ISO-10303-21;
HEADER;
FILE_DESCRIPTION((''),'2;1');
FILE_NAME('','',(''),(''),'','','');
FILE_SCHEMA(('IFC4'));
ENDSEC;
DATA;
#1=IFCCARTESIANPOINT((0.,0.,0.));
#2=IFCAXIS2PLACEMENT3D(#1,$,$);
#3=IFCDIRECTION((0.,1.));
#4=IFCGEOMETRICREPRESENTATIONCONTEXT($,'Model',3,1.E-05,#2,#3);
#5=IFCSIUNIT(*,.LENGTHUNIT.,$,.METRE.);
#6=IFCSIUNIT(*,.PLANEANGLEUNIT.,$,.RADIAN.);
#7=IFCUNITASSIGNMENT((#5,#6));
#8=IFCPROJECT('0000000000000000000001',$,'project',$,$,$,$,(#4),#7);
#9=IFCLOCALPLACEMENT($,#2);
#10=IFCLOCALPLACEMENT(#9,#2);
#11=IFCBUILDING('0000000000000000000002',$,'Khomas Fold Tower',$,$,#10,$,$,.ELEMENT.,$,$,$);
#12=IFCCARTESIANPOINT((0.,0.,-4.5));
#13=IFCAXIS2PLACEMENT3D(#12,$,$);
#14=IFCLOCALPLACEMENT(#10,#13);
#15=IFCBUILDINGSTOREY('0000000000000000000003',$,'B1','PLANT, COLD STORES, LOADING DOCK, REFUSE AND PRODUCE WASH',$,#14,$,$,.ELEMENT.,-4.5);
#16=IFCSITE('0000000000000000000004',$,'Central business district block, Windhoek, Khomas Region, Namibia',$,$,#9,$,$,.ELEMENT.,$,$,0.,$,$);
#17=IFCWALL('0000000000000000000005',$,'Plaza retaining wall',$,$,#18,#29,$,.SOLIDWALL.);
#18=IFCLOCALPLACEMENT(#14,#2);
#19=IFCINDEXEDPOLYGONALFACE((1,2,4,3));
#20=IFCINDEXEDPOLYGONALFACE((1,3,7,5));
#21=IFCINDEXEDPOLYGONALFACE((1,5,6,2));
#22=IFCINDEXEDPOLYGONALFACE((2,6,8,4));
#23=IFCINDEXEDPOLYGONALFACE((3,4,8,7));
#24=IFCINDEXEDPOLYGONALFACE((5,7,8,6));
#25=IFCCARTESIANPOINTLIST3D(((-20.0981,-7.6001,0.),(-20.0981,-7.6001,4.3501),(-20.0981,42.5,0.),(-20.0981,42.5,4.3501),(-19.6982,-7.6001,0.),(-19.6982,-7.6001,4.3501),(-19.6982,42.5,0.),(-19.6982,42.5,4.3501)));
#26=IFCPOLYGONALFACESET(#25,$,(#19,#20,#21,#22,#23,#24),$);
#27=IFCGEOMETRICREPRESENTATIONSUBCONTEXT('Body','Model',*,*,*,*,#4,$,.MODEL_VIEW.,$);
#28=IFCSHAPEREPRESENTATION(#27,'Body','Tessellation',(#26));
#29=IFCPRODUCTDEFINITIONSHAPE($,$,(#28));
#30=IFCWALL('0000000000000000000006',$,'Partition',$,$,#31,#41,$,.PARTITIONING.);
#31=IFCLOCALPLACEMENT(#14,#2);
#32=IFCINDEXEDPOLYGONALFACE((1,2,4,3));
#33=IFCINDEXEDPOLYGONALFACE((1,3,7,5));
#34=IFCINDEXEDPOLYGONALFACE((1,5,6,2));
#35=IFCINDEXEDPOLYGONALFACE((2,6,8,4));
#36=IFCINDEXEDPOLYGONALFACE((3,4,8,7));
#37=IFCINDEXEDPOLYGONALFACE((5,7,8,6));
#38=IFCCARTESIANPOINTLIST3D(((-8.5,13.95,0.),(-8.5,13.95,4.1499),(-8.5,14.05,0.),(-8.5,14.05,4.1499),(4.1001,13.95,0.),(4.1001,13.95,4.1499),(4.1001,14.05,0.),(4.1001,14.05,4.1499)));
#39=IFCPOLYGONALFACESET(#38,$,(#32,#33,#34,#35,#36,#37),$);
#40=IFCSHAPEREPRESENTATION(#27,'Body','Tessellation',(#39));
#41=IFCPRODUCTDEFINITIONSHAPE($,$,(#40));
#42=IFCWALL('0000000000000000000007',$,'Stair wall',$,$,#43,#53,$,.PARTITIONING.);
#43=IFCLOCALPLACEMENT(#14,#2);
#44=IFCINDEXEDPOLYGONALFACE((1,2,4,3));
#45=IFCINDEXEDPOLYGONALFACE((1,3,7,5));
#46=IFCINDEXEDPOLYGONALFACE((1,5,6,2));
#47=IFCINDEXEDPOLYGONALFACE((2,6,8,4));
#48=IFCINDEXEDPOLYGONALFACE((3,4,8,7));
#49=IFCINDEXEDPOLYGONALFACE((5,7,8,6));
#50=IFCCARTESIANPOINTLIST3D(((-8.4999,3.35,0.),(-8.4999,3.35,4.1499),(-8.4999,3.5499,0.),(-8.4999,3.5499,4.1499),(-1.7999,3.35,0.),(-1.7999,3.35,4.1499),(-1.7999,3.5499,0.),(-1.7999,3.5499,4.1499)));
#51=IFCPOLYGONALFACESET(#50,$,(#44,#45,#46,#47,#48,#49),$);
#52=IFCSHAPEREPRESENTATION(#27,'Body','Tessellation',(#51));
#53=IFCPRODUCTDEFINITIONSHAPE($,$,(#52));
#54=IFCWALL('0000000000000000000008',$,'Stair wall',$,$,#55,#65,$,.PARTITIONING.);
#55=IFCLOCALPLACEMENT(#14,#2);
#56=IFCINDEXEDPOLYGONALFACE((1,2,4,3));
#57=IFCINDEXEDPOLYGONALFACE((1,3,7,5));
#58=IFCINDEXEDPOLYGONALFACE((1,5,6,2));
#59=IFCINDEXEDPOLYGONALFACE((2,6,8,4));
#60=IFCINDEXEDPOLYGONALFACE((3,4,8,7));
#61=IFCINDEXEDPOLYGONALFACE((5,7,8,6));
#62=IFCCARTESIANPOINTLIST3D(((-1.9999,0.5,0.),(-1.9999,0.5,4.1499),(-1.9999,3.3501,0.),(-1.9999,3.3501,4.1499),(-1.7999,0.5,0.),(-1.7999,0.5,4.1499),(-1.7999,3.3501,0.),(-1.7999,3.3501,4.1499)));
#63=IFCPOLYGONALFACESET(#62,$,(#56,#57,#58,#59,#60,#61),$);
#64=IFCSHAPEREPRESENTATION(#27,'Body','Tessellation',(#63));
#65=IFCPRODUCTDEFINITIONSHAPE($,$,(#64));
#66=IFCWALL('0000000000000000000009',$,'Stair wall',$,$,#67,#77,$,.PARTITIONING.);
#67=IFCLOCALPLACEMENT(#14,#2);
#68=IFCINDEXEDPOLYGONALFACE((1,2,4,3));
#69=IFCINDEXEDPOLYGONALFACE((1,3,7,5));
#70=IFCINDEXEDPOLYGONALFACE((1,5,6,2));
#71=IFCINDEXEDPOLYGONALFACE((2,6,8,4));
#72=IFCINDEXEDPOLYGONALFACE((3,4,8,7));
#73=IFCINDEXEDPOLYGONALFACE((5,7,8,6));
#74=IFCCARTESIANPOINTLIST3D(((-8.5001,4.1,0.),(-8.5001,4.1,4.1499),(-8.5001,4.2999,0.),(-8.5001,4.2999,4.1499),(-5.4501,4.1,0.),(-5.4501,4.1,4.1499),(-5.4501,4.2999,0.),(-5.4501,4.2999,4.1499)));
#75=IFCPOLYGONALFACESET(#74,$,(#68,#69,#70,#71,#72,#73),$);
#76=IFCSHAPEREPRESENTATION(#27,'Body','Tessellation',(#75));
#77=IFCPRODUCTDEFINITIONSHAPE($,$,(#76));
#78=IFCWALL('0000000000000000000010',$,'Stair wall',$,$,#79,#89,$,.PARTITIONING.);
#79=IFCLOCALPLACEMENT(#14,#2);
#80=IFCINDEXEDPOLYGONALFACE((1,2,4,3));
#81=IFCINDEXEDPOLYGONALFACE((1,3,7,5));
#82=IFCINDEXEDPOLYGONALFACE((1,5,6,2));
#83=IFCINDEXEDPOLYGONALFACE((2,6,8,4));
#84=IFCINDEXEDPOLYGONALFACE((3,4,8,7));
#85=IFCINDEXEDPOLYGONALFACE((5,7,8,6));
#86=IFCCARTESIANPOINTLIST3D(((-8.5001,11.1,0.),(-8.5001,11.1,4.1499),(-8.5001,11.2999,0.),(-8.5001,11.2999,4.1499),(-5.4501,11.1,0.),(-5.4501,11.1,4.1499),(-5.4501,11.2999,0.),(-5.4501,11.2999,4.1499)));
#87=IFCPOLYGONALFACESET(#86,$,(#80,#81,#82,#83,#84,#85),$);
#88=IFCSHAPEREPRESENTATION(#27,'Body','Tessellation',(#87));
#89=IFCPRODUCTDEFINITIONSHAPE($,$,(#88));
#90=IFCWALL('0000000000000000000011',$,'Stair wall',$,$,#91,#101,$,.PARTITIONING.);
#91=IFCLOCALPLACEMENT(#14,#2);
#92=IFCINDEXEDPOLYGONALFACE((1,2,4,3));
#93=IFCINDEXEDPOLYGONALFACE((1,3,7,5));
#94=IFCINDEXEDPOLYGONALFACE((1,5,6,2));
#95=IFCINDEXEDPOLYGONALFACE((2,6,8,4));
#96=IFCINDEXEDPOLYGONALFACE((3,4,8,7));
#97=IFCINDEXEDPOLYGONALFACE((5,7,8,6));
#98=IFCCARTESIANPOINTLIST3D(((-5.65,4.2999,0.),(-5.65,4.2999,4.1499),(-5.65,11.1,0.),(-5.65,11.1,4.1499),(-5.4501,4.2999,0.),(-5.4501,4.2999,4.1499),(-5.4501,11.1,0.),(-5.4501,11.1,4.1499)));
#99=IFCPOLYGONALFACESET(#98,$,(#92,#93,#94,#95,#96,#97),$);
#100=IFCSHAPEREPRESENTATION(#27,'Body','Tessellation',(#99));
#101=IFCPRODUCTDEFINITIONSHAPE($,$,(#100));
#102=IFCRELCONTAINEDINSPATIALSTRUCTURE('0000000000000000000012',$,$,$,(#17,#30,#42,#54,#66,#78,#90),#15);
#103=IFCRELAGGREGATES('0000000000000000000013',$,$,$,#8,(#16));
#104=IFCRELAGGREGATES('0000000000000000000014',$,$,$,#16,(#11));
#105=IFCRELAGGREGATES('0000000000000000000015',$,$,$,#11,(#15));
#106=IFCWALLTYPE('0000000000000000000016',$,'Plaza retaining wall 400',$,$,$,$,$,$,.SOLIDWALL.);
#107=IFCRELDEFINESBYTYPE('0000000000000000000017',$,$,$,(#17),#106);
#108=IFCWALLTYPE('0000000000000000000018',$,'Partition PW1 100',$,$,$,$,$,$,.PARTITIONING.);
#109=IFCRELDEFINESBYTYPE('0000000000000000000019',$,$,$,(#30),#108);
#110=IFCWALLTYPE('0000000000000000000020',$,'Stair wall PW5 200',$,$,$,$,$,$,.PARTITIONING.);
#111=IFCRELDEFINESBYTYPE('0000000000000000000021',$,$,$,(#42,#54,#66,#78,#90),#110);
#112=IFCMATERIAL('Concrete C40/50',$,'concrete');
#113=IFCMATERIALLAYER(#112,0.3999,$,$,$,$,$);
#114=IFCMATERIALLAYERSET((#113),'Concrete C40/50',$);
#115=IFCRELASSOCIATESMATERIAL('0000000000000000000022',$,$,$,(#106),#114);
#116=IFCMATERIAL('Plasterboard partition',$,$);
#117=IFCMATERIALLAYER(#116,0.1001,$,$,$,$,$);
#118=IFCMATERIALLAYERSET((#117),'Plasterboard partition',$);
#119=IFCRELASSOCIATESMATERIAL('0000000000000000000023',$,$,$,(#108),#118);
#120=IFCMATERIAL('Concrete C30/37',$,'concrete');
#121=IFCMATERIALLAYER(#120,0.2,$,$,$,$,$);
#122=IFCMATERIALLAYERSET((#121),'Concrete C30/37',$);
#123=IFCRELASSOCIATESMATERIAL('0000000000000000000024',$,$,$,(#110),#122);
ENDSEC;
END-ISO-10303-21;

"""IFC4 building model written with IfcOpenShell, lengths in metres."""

from ifc_helpers import new_model, si_unit, direction, frame, frame_2d, origin, place, context, subcontext, project, spatial, rectangle, extrude, source, transform, mapped, material, layer, layer_set, type_object, element, save


model = new_model("IFC4")

# Units and contexts
model_context = context("Model", 3, precision=1e-05, world=origin(), true_north=direction((0.0, 1.0)))
body_context = subcontext(model_context, "Body", "Model", "MODEL_VIEW")
ifc_project = project(units=[si_unit("LENGTHUNIT", "METRE"), si_unit("PLANEANGLEUNIT", "RADIAN")], contexts=[model_context])

# Site, building, storey
site_placement = place(None, origin())
site = spatial("IfcSite", under=ifc_project, at=site_placement, Name="Central business district block, Windhoek, Khomas Region, Namibia", CompositionType="ELEMENT", RefElevation=0.0)
building_placement = place(site_placement, origin())
building = spatial("IfcBuilding", under=site, at=building_placement, Name="Khomas Fold Tower", CompositionType="ELEMENT")
storey_placement = place(building_placement, frame((0.0, 0.0, -4.5)))
storey = spatial("IfcBuildingStorey", under=building, at=storey_placement, Name="B1", Description="PLANT, COLD STORES, LOADING DOCK, REFUSE AND PRODUCE WASH", CompositionType="ELEMENT", Elevation=-4.5)

# Walls
ifc_material_1 = material(Name="Concrete C40/50", Category="concrete")
ifc_layer_1 = layer(ifc_material_1, 0.3999)
ifc_layer_set_1 = layer_set([ifc_layer_1], Name="Concrete C40/50")
wall_type_1 = type_object("IfcWallType", Name="Plaza retaining wall 400", PredefinedType="SOLIDWALL", material=ifc_layer_set_1)
shared_shape_1 = source(origin(), body_context, "Body", "SweptSolid", [
    extrude(rectangle(XDim=50.1001, YDim=0.3999, at=frame_2d((25.05, 0.0))), origin(), (0.0, 0.0, 1.0), 4.3501),
])
wall_1_placement = place(storey_placement, frame((-19.8982, -7.6001, 0.0), z_axis=(0.0, 0.0, 1.0), x_axis=(0.0, 1.0, 0.0)))
element("IfcWall", 1, at=wall_1_placement, inside=storey, type_object=wall_type_1, Name="Plaza retaining wall", PredefinedType="SOLIDWALL", context=body_context, shape_type="MappedRepresentation", body=[
    mapped(shared_shape_1, transform((0.0, 0.0, 0.0))),
])
ifc_material_2 = material(Name="Plasterboard partition")
ifc_layer_2 = layer(ifc_material_2, 0.1001)
ifc_layer_set_2 = layer_set([ifc_layer_2], Name="Plasterboard partition")
wall_type_2 = type_object("IfcWallType", Name="Partition PW1 100", PredefinedType="PARTITIONING", material=ifc_layer_set_2)
shared_shape_2 = source(origin(), body_context, "Body", "SweptSolid", [
    extrude(rectangle(XDim=12.6001, YDim=0.1001, at=frame_2d((6.3, 0.0))), origin(), (0.0, 0.0, 1.0), 4.1499),
])
wall_2_placement = place(storey_placement, frame((-8.5, 14.0, 0.0), z_axis=(0.0, 0.0, 1.0), x_axis=(1.0, 0.0, 0.0)))
element("IfcWall", 2, at=wall_2_placement, inside=storey, type_object=wall_type_2, Name="Partition", PredefinedType="PARTITIONING", context=body_context, shape_type="MappedRepresentation", body=[
    mapped(shared_shape_2, transform((0.0, 0.0, 0.0))),
])
ifc_material_3 = material(Name="Concrete C30/37", Category="concrete")
ifc_layer_3 = layer(ifc_material_3, 0.2)
ifc_layer_set_3 = layer_set([ifc_layer_3], Name="Concrete C30/37")
wall_type_3 = type_object("IfcWallType", Name="Stair wall PW5 200", PredefinedType="PARTITIONING", material=ifc_layer_set_3)
shared_shape_3 = source(origin(), body_context, "Body", "SweptSolid", [
    extrude(rectangle(XDim=6.7, YDim=0.2, at=frame_2d((3.3501, 0.0))), origin(), (0.0, 0.0, 1.0), 4.1499),
])
wall_3_placement = place(storey_placement, frame((-8.5, 3.45, 0.0), z_axis=(0.0, 0.0, 1.0), x_axis=(1.0, 0.0, 0.0)))
element("IfcWall", 3, at=wall_3_placement, inside=storey, type_object=wall_type_3, Name="Stair wall", PredefinedType="PARTITIONING", context=body_context, shape_type="MappedRepresentation", body=[
    mapped(shared_shape_3, transform((0.0, 0.0, 0.0))),
])
shared_shape_4 = source(origin(), body_context, "Body", "SweptSolid", [
    extrude(rectangle(XDim=2.8501, YDim=0.2, at=frame_2d((1.425, 0.0))), origin(), (0.0, 0.0, 1.0), 4.1499),
])
wall_4_placement = place(storey_placement, frame((-1.8999, 0.5, 0.0), z_axis=(0.0, 0.0, 1.0), x_axis=(0.0, 1.0, 0.0)))
element("IfcWall", 4, at=wall_4_placement, inside=storey, type_object=wall_type_3, Name="Stair wall", PredefinedType="PARTITIONING", context=body_context, shape_type="MappedRepresentation", body=[
    mapped(shared_shape_4, transform((0.0, 0.0, 0.0))),
])
shared_shape_5 = source(origin(), body_context, "Body", "SweptSolid", [
    extrude(rectangle(XDim=3.05, YDim=0.2, at=frame_2d((1.5249, 0.0))), origin(), (0.0, 0.0, 1.0), 4.1499),
])
for number, where, z_axis, x_axis, name in (
    (5, (-8.5, 4.2, 0.0), (0.0, 0.0, 1.0), (1.0, 0.0, 0.0), "Stair wall"),
    (6, (-8.5, 11.2, 0.0), (0.0, 0.0, 1.0), (1.0, 0.0, 0.0), "Stair wall"),
):
    element("IfcWall", number, at=place(storey_placement, frame(where, z_axis=z_axis, x_axis=x_axis)), inside=storey, type_object=wall_type_3, Name=name, PredefinedType="PARTITIONING", context=body_context, shape_type="MappedRepresentation", body=[
        mapped(shared_shape_5, transform((0.0, 0.0, 0.0))),
    ])
shared_shape_6 = source(origin(), body_context, "Body", "SweptSolid", [
    extrude(rectangle(XDim=6.8, YDim=0.2, at=frame_2d((3.3999, 0.0))), origin(), (0.0, 0.0, 1.0), 4.1499),
])
wall_5_placement = place(storey_placement, frame((-5.55, 4.3, 0.0), z_axis=(0.0, 0.0, 1.0), x_axis=(0.0, 1.0, 0.0)))
element("IfcWall", 7, at=wall_5_placement, inside=storey, type_object=wall_type_3, Name="Stair wall", PredefinedType="PARTITIONING", context=body_context, shape_type="MappedRepresentation", body=[
    mapped(shared_shape_6, transform((0.0, 0.0, 0.0))),
])

save(model, "model.ifc")
